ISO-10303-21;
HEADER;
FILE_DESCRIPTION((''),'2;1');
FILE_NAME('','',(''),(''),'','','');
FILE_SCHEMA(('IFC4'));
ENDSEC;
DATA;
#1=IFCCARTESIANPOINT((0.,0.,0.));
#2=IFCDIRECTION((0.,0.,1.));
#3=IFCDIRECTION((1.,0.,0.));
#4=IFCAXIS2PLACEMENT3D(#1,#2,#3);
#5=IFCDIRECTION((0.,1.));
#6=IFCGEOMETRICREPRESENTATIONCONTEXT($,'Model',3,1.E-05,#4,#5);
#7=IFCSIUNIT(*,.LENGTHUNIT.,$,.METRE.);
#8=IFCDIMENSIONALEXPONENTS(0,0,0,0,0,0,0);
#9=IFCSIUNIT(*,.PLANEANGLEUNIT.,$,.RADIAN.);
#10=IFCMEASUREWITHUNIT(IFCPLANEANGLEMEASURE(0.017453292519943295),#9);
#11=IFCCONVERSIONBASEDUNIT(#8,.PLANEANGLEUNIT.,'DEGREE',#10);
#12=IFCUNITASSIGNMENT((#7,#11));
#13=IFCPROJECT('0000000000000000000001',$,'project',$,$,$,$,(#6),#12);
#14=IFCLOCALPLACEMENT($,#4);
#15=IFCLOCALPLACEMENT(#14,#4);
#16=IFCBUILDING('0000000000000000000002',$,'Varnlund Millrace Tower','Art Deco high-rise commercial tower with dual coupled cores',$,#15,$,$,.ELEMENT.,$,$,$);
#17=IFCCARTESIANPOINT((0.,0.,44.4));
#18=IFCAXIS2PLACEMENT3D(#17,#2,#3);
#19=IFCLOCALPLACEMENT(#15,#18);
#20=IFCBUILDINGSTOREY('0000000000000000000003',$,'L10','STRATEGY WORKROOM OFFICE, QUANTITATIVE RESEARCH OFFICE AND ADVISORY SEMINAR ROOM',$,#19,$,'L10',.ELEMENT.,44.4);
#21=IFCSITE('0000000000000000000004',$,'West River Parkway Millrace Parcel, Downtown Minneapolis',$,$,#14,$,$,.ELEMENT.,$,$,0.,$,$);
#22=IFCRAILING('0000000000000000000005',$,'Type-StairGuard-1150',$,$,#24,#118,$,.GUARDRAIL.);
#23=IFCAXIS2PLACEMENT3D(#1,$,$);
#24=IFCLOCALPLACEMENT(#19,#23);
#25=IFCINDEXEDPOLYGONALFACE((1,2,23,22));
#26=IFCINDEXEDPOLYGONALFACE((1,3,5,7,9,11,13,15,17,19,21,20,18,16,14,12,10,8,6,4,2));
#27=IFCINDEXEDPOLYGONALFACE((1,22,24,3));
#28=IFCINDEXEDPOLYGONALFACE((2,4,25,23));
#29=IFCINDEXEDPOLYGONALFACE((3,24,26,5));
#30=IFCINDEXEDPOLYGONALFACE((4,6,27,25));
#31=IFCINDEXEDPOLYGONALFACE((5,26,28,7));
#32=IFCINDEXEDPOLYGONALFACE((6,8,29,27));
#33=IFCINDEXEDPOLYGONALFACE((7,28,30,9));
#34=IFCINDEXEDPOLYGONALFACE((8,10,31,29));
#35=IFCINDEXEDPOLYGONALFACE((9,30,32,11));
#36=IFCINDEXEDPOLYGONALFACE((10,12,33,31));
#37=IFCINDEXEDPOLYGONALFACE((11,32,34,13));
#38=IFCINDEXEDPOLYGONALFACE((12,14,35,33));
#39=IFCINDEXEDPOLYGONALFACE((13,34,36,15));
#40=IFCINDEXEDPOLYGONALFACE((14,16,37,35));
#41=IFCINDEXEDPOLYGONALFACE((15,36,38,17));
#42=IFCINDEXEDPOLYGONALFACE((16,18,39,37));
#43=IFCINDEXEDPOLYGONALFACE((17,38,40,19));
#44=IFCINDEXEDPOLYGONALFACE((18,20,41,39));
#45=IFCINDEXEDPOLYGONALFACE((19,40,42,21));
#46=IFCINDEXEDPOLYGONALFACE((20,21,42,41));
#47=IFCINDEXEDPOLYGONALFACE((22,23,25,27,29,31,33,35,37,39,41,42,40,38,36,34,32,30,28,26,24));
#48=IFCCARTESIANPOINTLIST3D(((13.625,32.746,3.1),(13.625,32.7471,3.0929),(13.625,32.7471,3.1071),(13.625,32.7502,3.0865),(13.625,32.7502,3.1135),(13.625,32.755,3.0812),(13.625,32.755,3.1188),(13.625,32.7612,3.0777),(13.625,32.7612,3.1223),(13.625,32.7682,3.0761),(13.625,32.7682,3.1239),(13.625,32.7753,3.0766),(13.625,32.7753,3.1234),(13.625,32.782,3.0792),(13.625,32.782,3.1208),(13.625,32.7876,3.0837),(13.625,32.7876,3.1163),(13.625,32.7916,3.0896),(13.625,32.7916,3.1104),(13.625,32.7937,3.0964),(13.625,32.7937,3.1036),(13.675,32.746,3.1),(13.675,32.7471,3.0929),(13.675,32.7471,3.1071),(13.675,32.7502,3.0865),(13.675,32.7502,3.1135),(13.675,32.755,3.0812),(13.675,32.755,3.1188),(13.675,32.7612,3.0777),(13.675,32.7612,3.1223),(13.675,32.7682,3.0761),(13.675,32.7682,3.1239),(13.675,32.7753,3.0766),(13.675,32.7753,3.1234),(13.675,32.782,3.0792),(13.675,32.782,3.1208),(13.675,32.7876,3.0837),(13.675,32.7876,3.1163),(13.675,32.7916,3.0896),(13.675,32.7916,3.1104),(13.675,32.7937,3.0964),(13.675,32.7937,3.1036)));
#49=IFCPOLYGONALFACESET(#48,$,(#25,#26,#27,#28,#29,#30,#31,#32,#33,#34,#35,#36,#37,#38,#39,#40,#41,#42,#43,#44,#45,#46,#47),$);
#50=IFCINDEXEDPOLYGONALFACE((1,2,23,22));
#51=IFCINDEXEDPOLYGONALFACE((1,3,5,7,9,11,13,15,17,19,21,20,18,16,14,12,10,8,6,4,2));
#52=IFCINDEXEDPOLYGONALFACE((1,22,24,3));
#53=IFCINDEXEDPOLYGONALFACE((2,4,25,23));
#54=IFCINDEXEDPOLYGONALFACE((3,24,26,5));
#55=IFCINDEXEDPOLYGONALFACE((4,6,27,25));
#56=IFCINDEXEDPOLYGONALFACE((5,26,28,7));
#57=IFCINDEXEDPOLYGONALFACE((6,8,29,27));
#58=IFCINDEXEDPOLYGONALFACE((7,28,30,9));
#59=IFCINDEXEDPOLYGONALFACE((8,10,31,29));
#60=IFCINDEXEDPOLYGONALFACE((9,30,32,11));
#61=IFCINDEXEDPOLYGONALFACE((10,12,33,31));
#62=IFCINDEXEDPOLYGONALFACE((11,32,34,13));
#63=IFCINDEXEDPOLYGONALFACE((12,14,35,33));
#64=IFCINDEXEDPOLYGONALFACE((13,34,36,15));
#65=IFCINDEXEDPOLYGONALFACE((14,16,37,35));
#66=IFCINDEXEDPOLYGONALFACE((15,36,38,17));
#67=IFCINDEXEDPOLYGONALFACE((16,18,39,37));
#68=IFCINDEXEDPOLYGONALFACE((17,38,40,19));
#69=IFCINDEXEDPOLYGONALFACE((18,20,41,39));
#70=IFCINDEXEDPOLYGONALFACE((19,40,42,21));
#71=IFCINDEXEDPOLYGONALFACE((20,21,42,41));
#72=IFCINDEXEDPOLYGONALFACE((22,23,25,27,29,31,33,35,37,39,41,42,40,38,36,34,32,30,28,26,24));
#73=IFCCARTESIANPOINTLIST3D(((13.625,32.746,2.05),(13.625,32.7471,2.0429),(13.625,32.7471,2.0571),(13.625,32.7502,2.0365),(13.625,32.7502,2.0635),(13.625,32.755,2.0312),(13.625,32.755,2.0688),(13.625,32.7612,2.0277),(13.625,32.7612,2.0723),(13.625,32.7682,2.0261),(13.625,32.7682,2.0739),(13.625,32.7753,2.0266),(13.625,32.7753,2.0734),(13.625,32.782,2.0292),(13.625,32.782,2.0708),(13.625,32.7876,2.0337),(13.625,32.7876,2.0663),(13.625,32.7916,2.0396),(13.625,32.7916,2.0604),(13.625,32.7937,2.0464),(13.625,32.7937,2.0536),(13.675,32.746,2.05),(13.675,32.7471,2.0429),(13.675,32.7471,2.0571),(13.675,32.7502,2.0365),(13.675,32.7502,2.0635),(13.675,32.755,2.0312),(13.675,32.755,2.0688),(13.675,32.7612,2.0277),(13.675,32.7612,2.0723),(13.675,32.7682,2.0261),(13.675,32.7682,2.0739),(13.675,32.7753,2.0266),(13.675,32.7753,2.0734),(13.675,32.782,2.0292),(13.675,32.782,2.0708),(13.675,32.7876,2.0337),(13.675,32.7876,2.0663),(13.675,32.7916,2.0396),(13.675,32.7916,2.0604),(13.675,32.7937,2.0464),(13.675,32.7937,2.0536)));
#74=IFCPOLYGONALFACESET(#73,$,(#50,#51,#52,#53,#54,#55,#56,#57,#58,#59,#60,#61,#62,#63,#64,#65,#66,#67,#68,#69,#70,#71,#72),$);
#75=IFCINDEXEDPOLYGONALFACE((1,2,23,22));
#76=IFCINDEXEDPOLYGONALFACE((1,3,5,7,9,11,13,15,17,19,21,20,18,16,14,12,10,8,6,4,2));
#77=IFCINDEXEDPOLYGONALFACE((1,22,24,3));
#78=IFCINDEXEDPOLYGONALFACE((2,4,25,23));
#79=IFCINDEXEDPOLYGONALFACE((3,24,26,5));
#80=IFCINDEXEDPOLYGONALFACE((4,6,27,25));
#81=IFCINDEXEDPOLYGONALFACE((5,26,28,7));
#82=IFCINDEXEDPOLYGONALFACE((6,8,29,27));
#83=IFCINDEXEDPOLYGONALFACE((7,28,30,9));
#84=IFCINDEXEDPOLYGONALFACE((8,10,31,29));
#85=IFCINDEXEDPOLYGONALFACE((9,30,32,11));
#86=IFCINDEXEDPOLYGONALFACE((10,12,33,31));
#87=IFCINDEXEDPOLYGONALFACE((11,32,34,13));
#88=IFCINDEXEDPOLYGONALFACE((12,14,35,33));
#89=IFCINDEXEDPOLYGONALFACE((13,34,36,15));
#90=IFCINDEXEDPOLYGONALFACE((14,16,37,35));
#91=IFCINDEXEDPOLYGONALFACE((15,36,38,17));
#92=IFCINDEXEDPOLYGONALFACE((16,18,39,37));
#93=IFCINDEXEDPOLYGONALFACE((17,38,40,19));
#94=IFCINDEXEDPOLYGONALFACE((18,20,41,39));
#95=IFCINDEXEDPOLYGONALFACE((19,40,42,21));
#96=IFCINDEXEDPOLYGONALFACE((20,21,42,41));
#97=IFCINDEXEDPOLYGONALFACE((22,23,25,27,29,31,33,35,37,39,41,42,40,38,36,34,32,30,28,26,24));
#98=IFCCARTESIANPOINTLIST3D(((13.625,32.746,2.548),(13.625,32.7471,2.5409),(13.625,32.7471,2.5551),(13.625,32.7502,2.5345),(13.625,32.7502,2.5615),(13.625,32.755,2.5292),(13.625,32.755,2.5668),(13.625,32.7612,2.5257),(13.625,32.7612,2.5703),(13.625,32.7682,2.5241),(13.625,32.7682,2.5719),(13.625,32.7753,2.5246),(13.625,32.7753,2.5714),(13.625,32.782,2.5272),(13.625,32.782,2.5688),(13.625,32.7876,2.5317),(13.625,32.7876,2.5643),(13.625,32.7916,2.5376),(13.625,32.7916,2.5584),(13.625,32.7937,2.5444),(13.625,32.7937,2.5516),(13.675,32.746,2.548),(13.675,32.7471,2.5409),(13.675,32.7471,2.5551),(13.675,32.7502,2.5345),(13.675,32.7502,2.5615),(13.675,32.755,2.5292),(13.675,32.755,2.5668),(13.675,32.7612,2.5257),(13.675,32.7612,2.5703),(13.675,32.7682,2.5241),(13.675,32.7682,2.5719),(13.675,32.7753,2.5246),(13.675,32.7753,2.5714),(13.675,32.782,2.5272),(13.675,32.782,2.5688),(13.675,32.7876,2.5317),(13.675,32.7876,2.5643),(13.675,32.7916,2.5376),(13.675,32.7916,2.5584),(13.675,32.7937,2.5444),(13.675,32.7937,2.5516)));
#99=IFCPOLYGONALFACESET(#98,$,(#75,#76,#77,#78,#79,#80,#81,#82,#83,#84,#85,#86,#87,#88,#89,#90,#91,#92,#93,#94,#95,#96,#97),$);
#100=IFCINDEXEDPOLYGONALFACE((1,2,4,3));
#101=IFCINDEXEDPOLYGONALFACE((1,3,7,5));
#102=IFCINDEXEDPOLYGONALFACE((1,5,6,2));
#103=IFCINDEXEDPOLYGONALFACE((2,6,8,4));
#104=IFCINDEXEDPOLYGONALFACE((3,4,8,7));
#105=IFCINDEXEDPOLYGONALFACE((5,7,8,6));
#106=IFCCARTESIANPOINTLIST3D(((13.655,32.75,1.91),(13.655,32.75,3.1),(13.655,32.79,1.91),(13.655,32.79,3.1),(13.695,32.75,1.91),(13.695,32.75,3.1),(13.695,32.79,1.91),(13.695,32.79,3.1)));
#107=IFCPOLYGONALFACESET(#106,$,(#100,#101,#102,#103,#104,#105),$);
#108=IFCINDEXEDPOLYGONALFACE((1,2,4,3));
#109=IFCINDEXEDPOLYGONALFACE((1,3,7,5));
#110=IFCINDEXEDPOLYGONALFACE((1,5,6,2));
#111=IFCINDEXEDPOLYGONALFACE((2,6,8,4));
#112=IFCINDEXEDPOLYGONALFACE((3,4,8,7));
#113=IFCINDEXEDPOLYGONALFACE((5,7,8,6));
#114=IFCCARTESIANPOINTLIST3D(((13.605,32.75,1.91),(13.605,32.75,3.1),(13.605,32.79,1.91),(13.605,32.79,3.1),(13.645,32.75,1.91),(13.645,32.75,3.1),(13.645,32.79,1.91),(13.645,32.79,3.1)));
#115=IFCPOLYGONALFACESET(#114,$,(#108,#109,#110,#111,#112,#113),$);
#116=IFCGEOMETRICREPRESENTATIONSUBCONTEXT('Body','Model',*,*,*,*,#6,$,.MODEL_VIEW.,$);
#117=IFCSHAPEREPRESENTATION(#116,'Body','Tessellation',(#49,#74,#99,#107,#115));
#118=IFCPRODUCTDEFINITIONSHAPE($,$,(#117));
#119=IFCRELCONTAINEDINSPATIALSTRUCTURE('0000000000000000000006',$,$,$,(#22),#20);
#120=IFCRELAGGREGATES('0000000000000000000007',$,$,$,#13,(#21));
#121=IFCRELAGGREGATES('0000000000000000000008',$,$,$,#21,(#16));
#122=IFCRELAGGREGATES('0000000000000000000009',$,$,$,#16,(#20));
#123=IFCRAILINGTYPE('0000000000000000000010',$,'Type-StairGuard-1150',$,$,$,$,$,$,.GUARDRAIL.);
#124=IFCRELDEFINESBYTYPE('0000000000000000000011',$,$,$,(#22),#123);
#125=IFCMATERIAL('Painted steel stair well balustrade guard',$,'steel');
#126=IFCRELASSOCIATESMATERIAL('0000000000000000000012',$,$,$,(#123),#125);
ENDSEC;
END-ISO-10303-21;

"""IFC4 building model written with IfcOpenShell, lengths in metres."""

from ifc_helpers import new_model, entity, si_unit, converted_unit, direction, frame, origin_with_axes, origin_2d_with_axis, place, context, subcontext, project, spatial, rectangle, circle, extrude, material, type_object, element, save


model = new_model("IFC4")

# Units and contexts
model_context = context("Model", 3, precision=1e-05, world=origin_with_axes(), true_north=direction((0.0, 1.0)))
body_context = subcontext(model_context, "Body", "Model", "MODEL_VIEW")
ifc_project = project(units=[si_unit("LENGTHUNIT", "METRE"), converted_unit("PLANEANGLEUNIT", "DEGREE", entity("IfcPlaneAngleMeasure", 0.017453292519943295), si_unit("PLANEANGLEUNIT", "RADIAN"), dimensions=[0, 0, 0, 0, 0, 0, 0])], contexts=[model_context])

# Site, building, storey
site_placement = place(None, origin_with_axes())
site = spatial("IfcSite", under=ifc_project, at=site_placement, Name="West River Parkway Millrace Parcel, Downtown Minneapolis", CompositionType="ELEMENT", RefElevation=0.0)
building_placement = place(site_placement, origin_with_axes())
building = spatial("IfcBuilding", under=site, at=building_placement, Name="Varnlund Millrace Tower", Description="Art Deco high-rise commercial tower with dual coupled cores", CompositionType="ELEMENT")
storey_placement = place(building_placement, frame((0.0, 0.0, 44.4), z_axis=(0.0, 0.0, 1.0), x_axis=(1.0, 0.0, 0.0)))
storey = spatial("IfcBuildingStorey", under=building, at=storey_placement, Name="L10", Description="STRATEGY WORKROOM OFFICE, QUANTITATIVE RESEARCH OFFICE AND ADVISORY SEMINAR ROOM", LongName="L10", CompositionType="ELEMENT", Elevation=44.4)

# Railing
ifc_material_1 = material(Name="Painted steel stair well balustrade guard", Category="steel")
railing_type_1 = type_object("IfcRailingType", Name="Type-StairGuard-1150", PredefinedType="GUARDRAIL", material=ifc_material_1)
railing_1_placement = place(storey_placement, frame((0.0, 0.0, -44.4), z_axis=(0.0, 0.0, 1.0), x_axis=(1.0, 0.0, 0.0)))
element("IfcRailing", 1, at=railing_1_placement, inside=storey, type_object=railing_type_1, Name="Type-StairGuard-1150", PredefinedType="GUARDRAIL", context=body_context, shape_type="SweptSolid", body=[
    extrude(circle(Radius=0.024, at=origin_2d_with_axis()), frame((13.675, 32.77, 47.5), z_axis=(-1.0, 0.0, 0.0), x_axis=(0.0, -1.0, 0.0)), (0.0, 0.0, 1.0), 0.05),
    extrude(circle(Radius=0.024, at=origin_2d_with_axis()), frame((13.675, 32.77, 46.45), z_axis=(-1.0, 0.0, 0.0), x_axis=(0.0, -1.0, 0.0)), (0.0, 0.0, 1.0), 0.05),
    extrude(circle(Radius=0.024, at=origin_2d_with_axis()), frame((13.675, 32.77, 46.948), z_axis=(-1.0, 0.0, 0.0), x_axis=(0.0, -1.0, 0.0)), (0.0, 0.0, 1.0), 0.05),
    extrude(rectangle(XDim=0.04, YDim=0.04, at=origin_2d_with_axis()), frame((13.675, 32.77, 46.31), z_axis=(0.0, 0.0, 1.0), x_axis=(1.0, 0.0, 0.0)), (0.0, 0.0, 1.0), 1.19),
    extrude(rectangle(XDim=0.04, YDim=0.04, at=origin_2d_with_axis()), frame((13.625, 32.77, 46.31), z_axis=(0.0, 0.0, 1.0), x_axis=(1.0, 0.0, 0.0)), (0.0, 0.0, 1.0), 1.19),
])

save(model, "model.ifc")
